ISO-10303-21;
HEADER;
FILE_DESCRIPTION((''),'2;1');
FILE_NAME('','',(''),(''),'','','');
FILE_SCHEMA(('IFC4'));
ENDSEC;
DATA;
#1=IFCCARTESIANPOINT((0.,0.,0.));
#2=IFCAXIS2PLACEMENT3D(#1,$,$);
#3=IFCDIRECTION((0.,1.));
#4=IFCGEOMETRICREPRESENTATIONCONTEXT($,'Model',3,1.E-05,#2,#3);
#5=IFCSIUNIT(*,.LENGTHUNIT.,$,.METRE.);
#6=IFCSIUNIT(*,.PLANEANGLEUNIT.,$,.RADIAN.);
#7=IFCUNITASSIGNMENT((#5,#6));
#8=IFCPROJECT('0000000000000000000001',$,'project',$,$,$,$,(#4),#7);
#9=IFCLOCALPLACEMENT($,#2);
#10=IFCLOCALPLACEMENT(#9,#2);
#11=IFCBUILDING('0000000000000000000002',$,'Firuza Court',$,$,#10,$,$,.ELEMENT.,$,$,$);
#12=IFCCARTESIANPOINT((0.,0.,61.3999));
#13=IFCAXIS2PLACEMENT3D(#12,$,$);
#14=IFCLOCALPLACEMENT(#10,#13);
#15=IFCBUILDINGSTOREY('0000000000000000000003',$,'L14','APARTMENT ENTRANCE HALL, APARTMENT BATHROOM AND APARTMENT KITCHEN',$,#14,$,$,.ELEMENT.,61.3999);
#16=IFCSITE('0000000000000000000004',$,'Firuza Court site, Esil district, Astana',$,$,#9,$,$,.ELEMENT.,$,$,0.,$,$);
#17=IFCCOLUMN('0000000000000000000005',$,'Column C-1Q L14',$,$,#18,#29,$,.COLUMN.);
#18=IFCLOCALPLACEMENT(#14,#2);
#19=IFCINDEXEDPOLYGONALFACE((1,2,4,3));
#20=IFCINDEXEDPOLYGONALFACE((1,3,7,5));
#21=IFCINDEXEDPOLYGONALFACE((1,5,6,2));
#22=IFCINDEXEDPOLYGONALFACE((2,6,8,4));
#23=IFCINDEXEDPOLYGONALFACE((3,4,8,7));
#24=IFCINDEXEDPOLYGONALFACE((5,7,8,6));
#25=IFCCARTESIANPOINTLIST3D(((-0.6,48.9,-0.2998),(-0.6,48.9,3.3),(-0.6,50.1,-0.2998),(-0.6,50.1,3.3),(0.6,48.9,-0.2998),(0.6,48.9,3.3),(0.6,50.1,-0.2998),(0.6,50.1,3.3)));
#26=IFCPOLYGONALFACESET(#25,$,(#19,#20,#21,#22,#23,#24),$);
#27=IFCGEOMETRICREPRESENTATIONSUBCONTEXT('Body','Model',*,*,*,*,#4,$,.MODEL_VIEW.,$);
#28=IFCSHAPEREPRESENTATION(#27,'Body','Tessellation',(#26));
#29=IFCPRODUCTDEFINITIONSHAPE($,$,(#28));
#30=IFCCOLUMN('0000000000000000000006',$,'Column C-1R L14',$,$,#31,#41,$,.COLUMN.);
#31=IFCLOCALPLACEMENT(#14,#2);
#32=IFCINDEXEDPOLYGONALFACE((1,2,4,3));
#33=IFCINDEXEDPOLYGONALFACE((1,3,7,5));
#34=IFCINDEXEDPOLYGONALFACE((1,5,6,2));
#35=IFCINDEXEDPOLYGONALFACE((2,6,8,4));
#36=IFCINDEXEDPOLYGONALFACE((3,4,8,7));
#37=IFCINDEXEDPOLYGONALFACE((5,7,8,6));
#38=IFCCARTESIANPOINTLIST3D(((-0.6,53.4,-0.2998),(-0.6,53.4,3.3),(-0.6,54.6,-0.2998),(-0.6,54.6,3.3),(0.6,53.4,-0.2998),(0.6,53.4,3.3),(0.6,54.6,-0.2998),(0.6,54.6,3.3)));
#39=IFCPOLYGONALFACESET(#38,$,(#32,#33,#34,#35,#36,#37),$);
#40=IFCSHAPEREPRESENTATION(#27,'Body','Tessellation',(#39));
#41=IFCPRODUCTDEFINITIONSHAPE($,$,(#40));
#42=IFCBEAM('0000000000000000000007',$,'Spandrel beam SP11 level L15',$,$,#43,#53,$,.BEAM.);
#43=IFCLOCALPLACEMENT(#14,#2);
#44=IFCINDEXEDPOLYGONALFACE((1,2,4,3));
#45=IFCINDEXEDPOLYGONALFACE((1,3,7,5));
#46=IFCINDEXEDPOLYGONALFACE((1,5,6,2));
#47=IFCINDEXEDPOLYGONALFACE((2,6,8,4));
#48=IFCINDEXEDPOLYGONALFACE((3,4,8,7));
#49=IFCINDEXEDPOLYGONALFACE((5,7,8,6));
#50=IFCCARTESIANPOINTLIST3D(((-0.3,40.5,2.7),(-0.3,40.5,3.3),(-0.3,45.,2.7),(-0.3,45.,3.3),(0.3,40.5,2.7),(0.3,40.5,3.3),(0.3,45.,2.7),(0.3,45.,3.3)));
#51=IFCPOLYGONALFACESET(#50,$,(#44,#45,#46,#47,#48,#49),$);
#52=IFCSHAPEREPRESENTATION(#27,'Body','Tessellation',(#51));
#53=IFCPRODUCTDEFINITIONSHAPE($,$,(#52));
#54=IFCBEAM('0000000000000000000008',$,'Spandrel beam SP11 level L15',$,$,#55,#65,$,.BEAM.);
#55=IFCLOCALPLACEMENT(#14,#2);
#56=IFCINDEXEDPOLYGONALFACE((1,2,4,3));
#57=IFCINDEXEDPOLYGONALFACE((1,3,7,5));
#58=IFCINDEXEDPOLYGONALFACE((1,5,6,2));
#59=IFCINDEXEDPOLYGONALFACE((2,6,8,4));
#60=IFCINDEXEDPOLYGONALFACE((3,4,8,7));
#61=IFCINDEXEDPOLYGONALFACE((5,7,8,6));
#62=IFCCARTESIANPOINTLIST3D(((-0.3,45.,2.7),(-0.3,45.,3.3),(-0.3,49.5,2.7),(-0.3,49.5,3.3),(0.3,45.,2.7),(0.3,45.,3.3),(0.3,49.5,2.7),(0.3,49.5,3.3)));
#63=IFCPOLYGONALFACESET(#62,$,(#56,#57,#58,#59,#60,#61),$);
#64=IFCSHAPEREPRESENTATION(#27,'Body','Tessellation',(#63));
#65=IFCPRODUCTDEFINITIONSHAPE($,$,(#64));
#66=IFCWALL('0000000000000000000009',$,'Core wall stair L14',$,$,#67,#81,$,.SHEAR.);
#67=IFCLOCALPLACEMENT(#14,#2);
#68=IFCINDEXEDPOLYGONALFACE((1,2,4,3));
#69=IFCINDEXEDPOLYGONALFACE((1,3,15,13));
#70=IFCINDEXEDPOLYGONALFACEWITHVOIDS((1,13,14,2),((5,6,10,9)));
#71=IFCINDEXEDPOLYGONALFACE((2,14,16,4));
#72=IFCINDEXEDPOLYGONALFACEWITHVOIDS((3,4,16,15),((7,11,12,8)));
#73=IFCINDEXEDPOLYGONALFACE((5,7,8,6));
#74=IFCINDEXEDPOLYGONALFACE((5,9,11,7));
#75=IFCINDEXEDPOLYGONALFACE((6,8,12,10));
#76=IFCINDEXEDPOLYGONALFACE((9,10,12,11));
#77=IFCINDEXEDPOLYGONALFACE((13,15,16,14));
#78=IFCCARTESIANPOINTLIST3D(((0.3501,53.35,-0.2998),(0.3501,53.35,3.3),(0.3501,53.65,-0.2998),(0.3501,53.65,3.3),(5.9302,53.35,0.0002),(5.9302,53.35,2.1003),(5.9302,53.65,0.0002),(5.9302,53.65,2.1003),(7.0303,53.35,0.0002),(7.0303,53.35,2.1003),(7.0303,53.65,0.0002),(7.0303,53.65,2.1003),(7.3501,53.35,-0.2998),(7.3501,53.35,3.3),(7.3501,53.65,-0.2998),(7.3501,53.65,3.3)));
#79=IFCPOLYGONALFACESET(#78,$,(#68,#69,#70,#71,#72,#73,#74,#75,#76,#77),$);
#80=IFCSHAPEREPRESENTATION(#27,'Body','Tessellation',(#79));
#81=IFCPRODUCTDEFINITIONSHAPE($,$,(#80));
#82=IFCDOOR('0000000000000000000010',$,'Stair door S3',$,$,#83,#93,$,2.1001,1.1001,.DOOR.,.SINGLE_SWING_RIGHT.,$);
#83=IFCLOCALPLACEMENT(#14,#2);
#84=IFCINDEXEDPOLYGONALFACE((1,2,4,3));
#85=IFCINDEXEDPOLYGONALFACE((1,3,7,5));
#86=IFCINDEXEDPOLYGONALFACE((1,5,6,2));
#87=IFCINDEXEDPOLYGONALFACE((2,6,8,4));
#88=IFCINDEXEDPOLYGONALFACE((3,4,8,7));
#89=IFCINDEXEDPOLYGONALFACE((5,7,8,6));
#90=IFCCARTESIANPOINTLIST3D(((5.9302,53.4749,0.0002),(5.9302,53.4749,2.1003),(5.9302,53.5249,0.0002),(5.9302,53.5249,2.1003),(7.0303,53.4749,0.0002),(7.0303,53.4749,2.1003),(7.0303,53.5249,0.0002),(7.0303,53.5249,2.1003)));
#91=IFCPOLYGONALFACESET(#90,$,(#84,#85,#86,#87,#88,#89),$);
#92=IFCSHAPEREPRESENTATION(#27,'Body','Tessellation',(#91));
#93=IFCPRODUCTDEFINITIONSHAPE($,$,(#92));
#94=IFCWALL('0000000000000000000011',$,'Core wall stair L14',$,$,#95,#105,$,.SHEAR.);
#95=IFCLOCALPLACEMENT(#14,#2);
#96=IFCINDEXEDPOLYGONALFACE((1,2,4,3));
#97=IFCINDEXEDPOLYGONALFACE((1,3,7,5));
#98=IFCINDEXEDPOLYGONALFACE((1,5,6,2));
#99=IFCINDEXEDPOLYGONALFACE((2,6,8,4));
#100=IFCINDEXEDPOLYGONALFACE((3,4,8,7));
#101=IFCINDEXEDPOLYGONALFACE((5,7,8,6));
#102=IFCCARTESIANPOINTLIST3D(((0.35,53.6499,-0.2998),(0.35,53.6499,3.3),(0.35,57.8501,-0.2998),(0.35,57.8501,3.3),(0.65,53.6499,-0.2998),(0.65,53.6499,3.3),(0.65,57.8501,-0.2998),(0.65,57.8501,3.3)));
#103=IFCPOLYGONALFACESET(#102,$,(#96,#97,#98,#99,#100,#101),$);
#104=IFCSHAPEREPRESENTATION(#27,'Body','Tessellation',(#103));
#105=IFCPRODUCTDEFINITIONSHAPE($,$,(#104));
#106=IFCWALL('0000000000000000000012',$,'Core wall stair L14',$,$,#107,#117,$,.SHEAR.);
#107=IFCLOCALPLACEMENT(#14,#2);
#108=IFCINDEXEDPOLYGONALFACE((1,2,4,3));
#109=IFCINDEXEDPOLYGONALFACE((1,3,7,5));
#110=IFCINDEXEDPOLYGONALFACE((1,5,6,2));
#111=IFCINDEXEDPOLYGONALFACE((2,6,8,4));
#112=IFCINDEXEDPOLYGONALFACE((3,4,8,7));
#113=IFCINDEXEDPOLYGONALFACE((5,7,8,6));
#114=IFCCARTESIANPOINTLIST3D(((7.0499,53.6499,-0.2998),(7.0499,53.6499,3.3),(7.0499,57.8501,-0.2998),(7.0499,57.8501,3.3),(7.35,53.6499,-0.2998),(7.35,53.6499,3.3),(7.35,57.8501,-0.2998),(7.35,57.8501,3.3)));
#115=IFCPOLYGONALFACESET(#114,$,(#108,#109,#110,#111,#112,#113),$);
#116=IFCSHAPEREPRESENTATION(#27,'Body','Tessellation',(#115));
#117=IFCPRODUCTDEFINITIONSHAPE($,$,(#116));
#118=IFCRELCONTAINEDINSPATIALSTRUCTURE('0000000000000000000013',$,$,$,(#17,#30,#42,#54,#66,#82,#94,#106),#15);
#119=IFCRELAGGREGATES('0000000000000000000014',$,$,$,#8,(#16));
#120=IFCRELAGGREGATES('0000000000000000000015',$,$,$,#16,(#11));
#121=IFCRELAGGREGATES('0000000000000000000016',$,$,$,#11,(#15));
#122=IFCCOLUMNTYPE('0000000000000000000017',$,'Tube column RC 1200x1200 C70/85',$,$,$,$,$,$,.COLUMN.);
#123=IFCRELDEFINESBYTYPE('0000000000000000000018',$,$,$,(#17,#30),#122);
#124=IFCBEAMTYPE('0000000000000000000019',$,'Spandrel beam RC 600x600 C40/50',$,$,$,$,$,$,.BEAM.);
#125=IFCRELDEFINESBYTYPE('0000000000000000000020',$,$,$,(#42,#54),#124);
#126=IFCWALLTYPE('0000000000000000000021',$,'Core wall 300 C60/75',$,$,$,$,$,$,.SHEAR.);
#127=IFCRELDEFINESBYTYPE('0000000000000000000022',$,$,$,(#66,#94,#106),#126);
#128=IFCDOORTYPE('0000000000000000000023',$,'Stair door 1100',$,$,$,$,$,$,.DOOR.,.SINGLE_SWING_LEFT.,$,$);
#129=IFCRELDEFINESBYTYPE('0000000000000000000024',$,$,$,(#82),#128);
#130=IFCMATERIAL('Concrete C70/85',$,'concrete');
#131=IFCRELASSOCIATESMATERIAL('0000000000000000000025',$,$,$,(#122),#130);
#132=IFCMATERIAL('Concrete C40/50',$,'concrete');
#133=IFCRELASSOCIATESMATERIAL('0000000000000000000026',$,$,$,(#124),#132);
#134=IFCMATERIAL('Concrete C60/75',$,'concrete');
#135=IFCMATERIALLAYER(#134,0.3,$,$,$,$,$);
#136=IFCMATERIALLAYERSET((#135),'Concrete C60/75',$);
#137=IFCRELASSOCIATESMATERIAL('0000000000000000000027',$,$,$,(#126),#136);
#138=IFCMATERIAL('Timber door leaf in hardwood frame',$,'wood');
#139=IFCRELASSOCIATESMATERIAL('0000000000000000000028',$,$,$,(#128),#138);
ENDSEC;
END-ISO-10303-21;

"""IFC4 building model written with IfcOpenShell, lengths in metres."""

from ifc_helpers import new_model, si_unit, direction, frame, frame_2d, origin, origin_2d, place, context, subcontext, project, spatial, rectangle, extrude, material, layer, layer_set, material_profile, profile_set, type_object, element, fill, save


model = new_model("IFC4")

# Units and contexts
model_context = context("Model", 3, precision=1e-05, world=origin(), true_north=direction((0.0, 1.0)))
body_context = subcontext(model_context, "Body", "Model", "MODEL_VIEW")
ifc_project = project(units=[si_unit("LENGTHUNIT", "METRE"), si_unit("PLANEANGLEUNIT", "RADIAN")], contexts=[model_context])

# Site, building, storey
site_placement = place(None, origin())
site = spatial("IfcSite", under=ifc_project, at=site_placement, Name="Firuza Court site, Esil district, Astana", CompositionType="ELEMENT", RefElevation=0.0)
building_placement = place(site_placement, origin())
building = spatial("IfcBuilding", under=site, at=building_placement, Name="Firuza Court", CompositionType="ELEMENT")
storey_placement = place(building_placement, frame((0.0, 0.0, 61.3999)))
storey = spatial("IfcBuildingStorey", under=building, at=storey_placement, Name="L14", Description="APARTMENT ENTRANCE HALL, APARTMENT BATHROOM AND APARTMENT KITCHEN", CompositionType="ELEMENT", Elevation=61.3999)

# Columns
ifc_material_1 = material(Name="Concrete C70/85", Category="concrete")
ifc_material_profile_1 = material_profile(ifc_material_1, rectangle(XDim=1.2, YDim=1.2, at=origin_2d()), Name="RC 1200x1200")
ifc_profile_set_1 = profile_set([ifc_material_profile_1], Name="Concrete C70/85")
column_type = type_object("IfcColumnType", Name="Tube column RC 1200x1200 C70/85", PredefinedType="COLUMN", material=ifc_profile_set_1)
for number, where, z_axis, x_axis, name in (
    (1, (0.0, 49.5, -0.2998), (0.0, 0.0, 1.0), (1.0, 0.0, 0.0), "Column C-1Q L14"),
    (2, (0.0, 54.0, -0.2998), (0.0, 0.0, 1.0), (1.0, 0.0, 0.0), "Column C-1R L14"),
):
    element("IfcColumn", number, at=place(storey_placement, frame(where, z_axis=z_axis, x_axis=x_axis)), inside=storey, type_object=column_type, Name=name, PredefinedType="COLUMN", context=body_context, shape_type="SweptSolid", body=[
        extrude(rectangle(XDim=1.2, YDim=1.2, at=origin_2d()), origin(), (0.0, 0.0, 1.0), 3.5999),
    ])

# Beams
ifc_material_2 = material(Name="Concrete C40/50", Category="concrete")
ifc_material_profile_2 = material_profile(ifc_material_2, rectangle(XDim=0.6001, YDim=0.6001, at=origin_2d()), Name="RC 600x600")
ifc_profile_set_2 = profile_set([ifc_material_profile_2], Name="Concrete C40/50")
beam_type = type_object("IfcBeamType", Name="Spandrel beam RC 600x600 C40/50", PredefinedType="BEAM", material=ifc_profile_set_2)
for number, where, z_axis, x_axis, name in (
    (3, (0.0, 45.0, 3.0), (0.0, -1.0, 0.0), (1.0, 0.0, 0.0), "Spandrel beam SP11 level L15"),
    (4, (0.0, 49.5, 3.0), (0.0, -1.0, 0.0), (1.0, 0.0, 0.0), "Spandrel beam SP11 level L15"),
):
    element("IfcBeam", number, at=place(storey_placement, frame(where, z_axis=z_axis, x_axis=x_axis)), inside=storey, type_object=beam_type, Name=name, PredefinedType="BEAM", context=body_context, shape_type="SweptSolid", body=[
        extrude(rectangle(XDim=0.6001, YDim=0.6001, at=origin_2d()), origin(), (0.0, 0.0, 1.0), 4.5),
    ])

# Wall, opening, door
ifc_material_3 = material(Name="Concrete C60/75", Category="concrete")
ifc_layer_1 = layer(ifc_material_3, 0.3)
ifc_layer_set_1 = layer_set([ifc_layer_1], Name="Concrete C60/75")
wall_type_1 = type_object("IfcWallType", Name="Core wall 300 C60/75", PredefinedType="SHEAR", material=ifc_layer_set_1)
wall_1_placement = place(storey_placement, frame((0.3501, 53.5, -0.2998), z_axis=(0.0, 0.0, 1.0), x_axis=(1.0, 0.0, 0.0)))
wall_1 = element("IfcWall", 5, at=wall_1_placement, inside=storey, type_object=wall_type_1, Name="Core wall stair L14", PredefinedType="SHEAR", context=body_context, shape_type="SweptSolid", body=[
    extrude(rectangle(XDim=7.0, YDim=0.3, at=frame_2d((3.5, 0.0))), origin(), (0.0, 0.0, 1.0), 3.5999),
])
opening_1_placement = place(wall_1_placement, frame((5.5801, 0.0, 0.3)))
opening_1 = element("IfcOpeningElement", 6, at=opening_1_placement, cuts=wall_1, PredefinedType="OPENING", context=body_context, shape_type="SweptSolid", body=[
    extrude(rectangle(XDim=1.1001, YDim=2.1001, at=frame_2d((0.55, 1.05))), frame((0.0, 0.1621, 0.0), z_axis=(0.0, -1.0, 0.0), x_axis=(1.0, 0.0, 0.0)), (0.0, 0.0, 1.0), 0.324),
])
ifc_material_4 = material(Name="Timber door leaf in hardwood frame", Category="wood")
door_type_1 = type_object("IfcDoorType", Name="Stair door 1100", OperationType="SINGLE_SWING_LEFT", PredefinedType="DOOR", material=ifc_material_4)
door_1_placement = place(opening_1_placement, origin())
door_1 = element("IfcDoor", 7, at=door_1_placement, inside=storey, type_object=door_type_1, Name="Stair door S3", OperationType="SINGLE_SWING_RIGHT", OverallHeight=2.1001, OverallWidth=1.1001, PredefinedType="DOOR", context=body_context, shape_type="SweptSolid", body=[
    extrude(rectangle(XDim=1.1001, YDim=2.1001, at=frame_2d((0.55, 1.05))), frame((0.0, 0.0249, 0.0), z_axis=(0.0, -1.0, 0.0), x_axis=(1.0, 0.0, 0.0)), (0.0, 0.0, 1.0), 0.05),
])
fill(opening_1, door_1)

# Walls
for number, where, z_axis, x_axis, name in (
    (8, (0.5, 53.6499, -0.2998), (0.0, 0.0, 1.0), (0.0, 1.0, 0.0), "Core wall stair L14"),
    (9, (7.2, 53.6499, -0.2998), (0.0, 0.0, 1.0), (0.0, 1.0, 0.0), "Core wall stair L14"),
):
    element("IfcWall", number, at=place(storey_placement, frame(where, z_axis=z_axis, x_axis=x_axis)), inside=storey, type_object=wall_type_1, Name=name, PredefinedType="SHEAR", context=body_context, shape_type="SweptSolid", body=[
        extrude(rectangle(XDim=4.2002, YDim=0.3, at=frame_2d((2.1001, 0.0))), origin(), (0.0, 0.0, 1.0), 3.5999),
    ])

save(model, "model.ifc")
